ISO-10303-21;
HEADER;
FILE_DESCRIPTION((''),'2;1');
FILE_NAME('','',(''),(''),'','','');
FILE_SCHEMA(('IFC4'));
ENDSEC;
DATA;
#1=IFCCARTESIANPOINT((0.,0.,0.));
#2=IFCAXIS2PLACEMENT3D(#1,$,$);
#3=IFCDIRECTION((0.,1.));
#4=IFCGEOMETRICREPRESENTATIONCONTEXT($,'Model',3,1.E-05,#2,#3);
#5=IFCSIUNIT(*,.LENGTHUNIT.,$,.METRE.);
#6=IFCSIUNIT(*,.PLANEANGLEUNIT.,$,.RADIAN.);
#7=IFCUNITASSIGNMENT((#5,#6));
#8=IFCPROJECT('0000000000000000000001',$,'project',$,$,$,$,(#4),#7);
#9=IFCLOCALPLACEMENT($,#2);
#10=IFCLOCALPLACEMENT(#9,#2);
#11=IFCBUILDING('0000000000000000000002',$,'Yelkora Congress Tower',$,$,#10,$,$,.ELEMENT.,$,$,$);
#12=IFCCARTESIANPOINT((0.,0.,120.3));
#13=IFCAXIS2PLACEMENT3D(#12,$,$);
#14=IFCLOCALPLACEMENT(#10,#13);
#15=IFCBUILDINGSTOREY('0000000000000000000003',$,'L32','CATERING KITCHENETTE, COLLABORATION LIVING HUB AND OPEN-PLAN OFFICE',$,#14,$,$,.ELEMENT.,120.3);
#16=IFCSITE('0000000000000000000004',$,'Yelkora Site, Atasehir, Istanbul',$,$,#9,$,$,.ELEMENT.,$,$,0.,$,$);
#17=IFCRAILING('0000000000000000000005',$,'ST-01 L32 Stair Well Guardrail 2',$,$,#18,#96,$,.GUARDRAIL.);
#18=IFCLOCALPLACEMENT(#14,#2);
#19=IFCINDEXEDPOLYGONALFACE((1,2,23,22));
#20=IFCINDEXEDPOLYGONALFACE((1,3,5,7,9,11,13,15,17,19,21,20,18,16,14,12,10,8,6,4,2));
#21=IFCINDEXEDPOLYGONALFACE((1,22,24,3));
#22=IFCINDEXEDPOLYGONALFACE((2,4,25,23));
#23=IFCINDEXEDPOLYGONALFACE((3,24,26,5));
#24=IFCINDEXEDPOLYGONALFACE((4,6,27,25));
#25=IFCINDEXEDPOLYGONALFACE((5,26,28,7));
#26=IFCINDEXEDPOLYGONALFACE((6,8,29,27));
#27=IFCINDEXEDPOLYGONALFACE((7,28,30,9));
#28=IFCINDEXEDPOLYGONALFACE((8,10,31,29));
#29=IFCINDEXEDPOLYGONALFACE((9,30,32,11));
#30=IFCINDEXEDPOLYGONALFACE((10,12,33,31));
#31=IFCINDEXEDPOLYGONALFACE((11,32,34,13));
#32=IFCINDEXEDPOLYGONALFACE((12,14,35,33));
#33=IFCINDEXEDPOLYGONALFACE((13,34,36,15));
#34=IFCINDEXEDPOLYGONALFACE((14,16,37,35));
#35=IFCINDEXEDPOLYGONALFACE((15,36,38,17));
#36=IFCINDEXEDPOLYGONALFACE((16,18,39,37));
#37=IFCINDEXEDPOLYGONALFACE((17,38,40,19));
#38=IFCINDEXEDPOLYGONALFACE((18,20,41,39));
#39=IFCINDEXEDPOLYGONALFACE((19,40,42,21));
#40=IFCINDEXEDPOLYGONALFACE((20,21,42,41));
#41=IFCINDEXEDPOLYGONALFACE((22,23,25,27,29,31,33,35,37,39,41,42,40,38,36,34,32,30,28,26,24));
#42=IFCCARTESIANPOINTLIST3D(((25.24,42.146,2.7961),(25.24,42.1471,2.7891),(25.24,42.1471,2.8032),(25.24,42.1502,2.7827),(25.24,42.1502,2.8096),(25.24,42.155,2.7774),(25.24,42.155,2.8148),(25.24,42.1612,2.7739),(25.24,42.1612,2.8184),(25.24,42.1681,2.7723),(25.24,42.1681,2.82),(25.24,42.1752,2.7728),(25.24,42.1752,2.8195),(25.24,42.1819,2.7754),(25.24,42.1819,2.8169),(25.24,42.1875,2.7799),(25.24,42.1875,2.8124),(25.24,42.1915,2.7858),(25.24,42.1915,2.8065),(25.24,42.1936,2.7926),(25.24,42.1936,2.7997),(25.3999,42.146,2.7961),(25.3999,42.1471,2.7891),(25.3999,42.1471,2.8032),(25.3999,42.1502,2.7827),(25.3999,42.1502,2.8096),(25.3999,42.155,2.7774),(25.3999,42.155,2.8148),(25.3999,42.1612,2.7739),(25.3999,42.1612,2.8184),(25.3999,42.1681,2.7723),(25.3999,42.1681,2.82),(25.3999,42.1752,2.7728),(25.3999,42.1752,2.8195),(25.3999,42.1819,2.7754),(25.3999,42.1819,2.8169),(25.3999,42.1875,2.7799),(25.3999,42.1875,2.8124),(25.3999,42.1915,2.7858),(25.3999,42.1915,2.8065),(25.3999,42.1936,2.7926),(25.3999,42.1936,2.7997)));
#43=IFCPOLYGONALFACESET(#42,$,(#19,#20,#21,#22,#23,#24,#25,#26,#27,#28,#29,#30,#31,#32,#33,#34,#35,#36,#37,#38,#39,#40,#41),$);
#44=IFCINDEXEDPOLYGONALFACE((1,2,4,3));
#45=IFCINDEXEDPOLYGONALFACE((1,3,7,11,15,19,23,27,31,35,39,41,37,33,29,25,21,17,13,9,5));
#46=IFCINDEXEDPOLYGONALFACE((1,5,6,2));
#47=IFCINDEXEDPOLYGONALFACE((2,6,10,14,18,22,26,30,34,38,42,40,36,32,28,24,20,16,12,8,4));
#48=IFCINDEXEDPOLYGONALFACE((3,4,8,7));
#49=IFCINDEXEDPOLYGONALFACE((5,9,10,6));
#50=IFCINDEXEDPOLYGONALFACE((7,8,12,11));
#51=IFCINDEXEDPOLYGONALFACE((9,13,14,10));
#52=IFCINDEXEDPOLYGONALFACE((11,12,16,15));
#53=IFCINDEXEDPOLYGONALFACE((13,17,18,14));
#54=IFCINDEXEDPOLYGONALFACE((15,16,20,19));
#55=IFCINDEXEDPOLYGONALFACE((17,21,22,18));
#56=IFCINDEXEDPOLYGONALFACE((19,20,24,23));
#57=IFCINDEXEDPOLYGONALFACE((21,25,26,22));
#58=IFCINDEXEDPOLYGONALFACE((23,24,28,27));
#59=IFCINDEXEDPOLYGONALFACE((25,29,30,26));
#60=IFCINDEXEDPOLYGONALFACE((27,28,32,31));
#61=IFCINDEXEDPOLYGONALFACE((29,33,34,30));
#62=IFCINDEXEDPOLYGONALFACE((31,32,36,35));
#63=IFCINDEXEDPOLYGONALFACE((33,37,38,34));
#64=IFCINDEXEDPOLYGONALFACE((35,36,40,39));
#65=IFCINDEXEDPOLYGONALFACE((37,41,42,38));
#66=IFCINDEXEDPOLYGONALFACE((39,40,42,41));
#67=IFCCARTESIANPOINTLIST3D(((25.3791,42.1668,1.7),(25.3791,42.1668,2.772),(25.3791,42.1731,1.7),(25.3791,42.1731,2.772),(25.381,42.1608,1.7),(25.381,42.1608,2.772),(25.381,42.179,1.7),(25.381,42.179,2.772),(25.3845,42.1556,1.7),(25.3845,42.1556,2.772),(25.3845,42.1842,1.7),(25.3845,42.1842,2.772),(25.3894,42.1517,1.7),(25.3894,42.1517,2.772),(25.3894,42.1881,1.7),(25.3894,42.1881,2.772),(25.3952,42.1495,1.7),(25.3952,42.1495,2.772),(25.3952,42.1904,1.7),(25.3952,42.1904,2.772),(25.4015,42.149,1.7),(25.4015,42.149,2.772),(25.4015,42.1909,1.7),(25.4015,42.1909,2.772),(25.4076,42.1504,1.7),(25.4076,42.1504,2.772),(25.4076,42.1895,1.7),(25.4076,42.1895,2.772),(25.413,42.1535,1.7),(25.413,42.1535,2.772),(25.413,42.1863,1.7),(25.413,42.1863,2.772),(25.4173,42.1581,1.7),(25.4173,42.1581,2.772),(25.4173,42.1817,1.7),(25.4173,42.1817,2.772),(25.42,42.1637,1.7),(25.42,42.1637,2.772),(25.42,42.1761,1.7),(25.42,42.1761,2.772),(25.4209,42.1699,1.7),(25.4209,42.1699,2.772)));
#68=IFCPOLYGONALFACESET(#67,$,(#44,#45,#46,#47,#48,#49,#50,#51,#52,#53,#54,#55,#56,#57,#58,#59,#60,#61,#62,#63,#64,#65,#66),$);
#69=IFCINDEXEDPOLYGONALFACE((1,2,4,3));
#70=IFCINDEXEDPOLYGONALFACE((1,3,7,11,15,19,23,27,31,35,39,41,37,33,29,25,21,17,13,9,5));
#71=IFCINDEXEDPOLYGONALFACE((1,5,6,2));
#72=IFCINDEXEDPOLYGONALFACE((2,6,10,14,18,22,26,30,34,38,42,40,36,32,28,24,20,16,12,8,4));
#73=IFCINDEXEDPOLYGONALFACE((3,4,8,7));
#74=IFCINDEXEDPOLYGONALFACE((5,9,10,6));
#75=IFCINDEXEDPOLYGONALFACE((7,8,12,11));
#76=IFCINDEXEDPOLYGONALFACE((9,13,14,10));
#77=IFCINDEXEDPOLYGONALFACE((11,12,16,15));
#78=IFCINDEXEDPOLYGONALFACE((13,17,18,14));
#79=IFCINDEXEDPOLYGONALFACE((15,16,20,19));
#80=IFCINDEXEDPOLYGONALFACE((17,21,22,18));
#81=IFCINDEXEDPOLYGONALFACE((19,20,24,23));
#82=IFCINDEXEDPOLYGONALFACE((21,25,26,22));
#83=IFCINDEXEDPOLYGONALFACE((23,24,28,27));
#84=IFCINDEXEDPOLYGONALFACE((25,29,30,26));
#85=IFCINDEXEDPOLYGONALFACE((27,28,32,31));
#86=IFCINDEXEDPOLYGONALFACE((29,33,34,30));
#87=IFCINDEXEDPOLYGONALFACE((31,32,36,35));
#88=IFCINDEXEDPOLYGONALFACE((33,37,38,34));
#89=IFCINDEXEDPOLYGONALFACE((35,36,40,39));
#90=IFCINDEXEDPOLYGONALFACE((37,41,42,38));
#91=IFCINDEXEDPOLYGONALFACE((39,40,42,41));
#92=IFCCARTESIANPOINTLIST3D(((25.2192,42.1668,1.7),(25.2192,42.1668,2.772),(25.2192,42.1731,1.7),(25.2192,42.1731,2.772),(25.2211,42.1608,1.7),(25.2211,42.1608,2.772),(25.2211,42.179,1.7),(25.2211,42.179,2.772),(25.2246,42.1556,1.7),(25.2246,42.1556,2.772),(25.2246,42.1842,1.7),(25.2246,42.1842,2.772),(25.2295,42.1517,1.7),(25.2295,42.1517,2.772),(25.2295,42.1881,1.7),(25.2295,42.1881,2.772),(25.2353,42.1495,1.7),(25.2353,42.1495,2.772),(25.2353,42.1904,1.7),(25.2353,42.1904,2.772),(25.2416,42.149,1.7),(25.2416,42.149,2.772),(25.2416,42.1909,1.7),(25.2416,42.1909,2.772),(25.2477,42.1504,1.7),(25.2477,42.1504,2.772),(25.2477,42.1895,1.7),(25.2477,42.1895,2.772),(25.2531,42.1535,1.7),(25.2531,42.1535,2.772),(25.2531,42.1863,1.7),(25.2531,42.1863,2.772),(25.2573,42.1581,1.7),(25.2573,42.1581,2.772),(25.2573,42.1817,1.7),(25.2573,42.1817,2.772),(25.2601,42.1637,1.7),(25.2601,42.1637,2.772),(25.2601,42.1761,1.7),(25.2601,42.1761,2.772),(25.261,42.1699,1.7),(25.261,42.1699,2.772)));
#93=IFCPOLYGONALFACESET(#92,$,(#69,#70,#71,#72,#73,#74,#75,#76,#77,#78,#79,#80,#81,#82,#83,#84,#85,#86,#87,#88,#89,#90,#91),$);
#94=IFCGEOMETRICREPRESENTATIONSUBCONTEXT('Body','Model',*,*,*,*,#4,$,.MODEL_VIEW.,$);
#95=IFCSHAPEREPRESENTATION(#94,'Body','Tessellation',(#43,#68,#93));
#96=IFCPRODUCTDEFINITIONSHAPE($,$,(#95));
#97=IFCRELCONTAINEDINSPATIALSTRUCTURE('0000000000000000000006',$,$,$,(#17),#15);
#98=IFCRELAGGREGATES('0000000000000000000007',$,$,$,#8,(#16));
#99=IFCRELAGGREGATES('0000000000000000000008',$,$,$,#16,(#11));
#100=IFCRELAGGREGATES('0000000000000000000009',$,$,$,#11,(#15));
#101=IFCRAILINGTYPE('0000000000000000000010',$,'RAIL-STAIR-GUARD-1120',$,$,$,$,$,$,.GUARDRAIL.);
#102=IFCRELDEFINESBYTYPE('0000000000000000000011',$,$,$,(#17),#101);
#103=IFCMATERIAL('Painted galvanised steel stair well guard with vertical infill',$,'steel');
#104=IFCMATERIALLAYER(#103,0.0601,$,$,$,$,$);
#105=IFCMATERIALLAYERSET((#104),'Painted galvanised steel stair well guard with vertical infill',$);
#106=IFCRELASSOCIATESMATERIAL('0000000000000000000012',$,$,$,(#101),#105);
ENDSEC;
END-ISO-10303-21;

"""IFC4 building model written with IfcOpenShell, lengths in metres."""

from ifc_helpers import new_model, si_unit, direction, frame, origin, origin_2d, place, context, subcontext, project, spatial, circle, extrude, material, layer, layer_set, type_object, element, save


model = new_model("IFC4")

# Units and contexts
model_context = context("Model", 3, precision=1e-05, world=origin(), true_north=direction((0.0, 1.0)))
body_context = subcontext(model_context, "Body", "Model", "MODEL_VIEW")
ifc_project = project(units=[si_unit("LENGTHUNIT", "METRE"), si_unit("PLANEANGLEUNIT", "RADIAN")], contexts=[model_context])

# Site, building, storey
site_placement = place(None, origin())
site = spatial("IfcSite", under=ifc_project, at=site_placement, Name="Yelkora Site, Atasehir, Istanbul", CompositionType="ELEMENT", RefElevation=0.0)
building_placement = place(site_placement, origin())
building = spatial("IfcBuilding", under=site, at=building_placement, Name="Yelkora Congress Tower", CompositionType="ELEMENT")
storey_placement = place(building_placement, frame((0.0, 0.0, 120.3)))
storey = spatial("IfcBuildingStorey", under=building, at=storey_placement, Name="L32", Description="CATERING KITCHENETTE, COLLABORATION LIVING HUB AND OPEN-PLAN OFFICE", CompositionType="ELEMENT", Elevation=120.3)

# Railing
ifc_material_1 = material(Name="Painted galvanised steel stair well guard with vertical infill", Category="steel")
ifc_layer_1 = layer(ifc_material_1, 0.0601)
ifc_layer_set_1 = layer_set([ifc_layer_1], Name="Painted galvanised steel stair well guard with vertical infill")
railing_type_1 = type_object("IfcRailingType", Name="RAIL-STAIR-GUARD-1120", PredefinedType="GUARDRAIL", material=ifc_layer_set_1)
railing_1_placement = place(storey_placement, frame((25.3999, 42.1699, 1.7)))
element("IfcRailing", 1, at=railing_1_placement, inside=storey, type_object=railing_type_1, Name="ST-01 L32 Stair Well Guardrail 2", PredefinedType="GUARDRAIL", context=body_context, shape_type="SweptSolid", body=[
    extrude(circle(Radius=0.0239, at=origin_2d()), frame((0.0, 0.0, 1.0962), z_axis=(-1.0, 0.0, 0.0), x_axis=(0.0, -1.0, 0.0)), (0.0, 0.0, 1.0), 0.1599),
    extrude(circle(Radius=0.021, at=origin_2d()), origin(), (0.0, 0.0, 1.0), 1.072),
    extrude(circle(Radius=0.021, at=origin_2d()), frame((-0.1599, 0.0, 0.0)), (0.0, 0.0, 1.0), 1.072),
])

save(model, "model.ifc")
